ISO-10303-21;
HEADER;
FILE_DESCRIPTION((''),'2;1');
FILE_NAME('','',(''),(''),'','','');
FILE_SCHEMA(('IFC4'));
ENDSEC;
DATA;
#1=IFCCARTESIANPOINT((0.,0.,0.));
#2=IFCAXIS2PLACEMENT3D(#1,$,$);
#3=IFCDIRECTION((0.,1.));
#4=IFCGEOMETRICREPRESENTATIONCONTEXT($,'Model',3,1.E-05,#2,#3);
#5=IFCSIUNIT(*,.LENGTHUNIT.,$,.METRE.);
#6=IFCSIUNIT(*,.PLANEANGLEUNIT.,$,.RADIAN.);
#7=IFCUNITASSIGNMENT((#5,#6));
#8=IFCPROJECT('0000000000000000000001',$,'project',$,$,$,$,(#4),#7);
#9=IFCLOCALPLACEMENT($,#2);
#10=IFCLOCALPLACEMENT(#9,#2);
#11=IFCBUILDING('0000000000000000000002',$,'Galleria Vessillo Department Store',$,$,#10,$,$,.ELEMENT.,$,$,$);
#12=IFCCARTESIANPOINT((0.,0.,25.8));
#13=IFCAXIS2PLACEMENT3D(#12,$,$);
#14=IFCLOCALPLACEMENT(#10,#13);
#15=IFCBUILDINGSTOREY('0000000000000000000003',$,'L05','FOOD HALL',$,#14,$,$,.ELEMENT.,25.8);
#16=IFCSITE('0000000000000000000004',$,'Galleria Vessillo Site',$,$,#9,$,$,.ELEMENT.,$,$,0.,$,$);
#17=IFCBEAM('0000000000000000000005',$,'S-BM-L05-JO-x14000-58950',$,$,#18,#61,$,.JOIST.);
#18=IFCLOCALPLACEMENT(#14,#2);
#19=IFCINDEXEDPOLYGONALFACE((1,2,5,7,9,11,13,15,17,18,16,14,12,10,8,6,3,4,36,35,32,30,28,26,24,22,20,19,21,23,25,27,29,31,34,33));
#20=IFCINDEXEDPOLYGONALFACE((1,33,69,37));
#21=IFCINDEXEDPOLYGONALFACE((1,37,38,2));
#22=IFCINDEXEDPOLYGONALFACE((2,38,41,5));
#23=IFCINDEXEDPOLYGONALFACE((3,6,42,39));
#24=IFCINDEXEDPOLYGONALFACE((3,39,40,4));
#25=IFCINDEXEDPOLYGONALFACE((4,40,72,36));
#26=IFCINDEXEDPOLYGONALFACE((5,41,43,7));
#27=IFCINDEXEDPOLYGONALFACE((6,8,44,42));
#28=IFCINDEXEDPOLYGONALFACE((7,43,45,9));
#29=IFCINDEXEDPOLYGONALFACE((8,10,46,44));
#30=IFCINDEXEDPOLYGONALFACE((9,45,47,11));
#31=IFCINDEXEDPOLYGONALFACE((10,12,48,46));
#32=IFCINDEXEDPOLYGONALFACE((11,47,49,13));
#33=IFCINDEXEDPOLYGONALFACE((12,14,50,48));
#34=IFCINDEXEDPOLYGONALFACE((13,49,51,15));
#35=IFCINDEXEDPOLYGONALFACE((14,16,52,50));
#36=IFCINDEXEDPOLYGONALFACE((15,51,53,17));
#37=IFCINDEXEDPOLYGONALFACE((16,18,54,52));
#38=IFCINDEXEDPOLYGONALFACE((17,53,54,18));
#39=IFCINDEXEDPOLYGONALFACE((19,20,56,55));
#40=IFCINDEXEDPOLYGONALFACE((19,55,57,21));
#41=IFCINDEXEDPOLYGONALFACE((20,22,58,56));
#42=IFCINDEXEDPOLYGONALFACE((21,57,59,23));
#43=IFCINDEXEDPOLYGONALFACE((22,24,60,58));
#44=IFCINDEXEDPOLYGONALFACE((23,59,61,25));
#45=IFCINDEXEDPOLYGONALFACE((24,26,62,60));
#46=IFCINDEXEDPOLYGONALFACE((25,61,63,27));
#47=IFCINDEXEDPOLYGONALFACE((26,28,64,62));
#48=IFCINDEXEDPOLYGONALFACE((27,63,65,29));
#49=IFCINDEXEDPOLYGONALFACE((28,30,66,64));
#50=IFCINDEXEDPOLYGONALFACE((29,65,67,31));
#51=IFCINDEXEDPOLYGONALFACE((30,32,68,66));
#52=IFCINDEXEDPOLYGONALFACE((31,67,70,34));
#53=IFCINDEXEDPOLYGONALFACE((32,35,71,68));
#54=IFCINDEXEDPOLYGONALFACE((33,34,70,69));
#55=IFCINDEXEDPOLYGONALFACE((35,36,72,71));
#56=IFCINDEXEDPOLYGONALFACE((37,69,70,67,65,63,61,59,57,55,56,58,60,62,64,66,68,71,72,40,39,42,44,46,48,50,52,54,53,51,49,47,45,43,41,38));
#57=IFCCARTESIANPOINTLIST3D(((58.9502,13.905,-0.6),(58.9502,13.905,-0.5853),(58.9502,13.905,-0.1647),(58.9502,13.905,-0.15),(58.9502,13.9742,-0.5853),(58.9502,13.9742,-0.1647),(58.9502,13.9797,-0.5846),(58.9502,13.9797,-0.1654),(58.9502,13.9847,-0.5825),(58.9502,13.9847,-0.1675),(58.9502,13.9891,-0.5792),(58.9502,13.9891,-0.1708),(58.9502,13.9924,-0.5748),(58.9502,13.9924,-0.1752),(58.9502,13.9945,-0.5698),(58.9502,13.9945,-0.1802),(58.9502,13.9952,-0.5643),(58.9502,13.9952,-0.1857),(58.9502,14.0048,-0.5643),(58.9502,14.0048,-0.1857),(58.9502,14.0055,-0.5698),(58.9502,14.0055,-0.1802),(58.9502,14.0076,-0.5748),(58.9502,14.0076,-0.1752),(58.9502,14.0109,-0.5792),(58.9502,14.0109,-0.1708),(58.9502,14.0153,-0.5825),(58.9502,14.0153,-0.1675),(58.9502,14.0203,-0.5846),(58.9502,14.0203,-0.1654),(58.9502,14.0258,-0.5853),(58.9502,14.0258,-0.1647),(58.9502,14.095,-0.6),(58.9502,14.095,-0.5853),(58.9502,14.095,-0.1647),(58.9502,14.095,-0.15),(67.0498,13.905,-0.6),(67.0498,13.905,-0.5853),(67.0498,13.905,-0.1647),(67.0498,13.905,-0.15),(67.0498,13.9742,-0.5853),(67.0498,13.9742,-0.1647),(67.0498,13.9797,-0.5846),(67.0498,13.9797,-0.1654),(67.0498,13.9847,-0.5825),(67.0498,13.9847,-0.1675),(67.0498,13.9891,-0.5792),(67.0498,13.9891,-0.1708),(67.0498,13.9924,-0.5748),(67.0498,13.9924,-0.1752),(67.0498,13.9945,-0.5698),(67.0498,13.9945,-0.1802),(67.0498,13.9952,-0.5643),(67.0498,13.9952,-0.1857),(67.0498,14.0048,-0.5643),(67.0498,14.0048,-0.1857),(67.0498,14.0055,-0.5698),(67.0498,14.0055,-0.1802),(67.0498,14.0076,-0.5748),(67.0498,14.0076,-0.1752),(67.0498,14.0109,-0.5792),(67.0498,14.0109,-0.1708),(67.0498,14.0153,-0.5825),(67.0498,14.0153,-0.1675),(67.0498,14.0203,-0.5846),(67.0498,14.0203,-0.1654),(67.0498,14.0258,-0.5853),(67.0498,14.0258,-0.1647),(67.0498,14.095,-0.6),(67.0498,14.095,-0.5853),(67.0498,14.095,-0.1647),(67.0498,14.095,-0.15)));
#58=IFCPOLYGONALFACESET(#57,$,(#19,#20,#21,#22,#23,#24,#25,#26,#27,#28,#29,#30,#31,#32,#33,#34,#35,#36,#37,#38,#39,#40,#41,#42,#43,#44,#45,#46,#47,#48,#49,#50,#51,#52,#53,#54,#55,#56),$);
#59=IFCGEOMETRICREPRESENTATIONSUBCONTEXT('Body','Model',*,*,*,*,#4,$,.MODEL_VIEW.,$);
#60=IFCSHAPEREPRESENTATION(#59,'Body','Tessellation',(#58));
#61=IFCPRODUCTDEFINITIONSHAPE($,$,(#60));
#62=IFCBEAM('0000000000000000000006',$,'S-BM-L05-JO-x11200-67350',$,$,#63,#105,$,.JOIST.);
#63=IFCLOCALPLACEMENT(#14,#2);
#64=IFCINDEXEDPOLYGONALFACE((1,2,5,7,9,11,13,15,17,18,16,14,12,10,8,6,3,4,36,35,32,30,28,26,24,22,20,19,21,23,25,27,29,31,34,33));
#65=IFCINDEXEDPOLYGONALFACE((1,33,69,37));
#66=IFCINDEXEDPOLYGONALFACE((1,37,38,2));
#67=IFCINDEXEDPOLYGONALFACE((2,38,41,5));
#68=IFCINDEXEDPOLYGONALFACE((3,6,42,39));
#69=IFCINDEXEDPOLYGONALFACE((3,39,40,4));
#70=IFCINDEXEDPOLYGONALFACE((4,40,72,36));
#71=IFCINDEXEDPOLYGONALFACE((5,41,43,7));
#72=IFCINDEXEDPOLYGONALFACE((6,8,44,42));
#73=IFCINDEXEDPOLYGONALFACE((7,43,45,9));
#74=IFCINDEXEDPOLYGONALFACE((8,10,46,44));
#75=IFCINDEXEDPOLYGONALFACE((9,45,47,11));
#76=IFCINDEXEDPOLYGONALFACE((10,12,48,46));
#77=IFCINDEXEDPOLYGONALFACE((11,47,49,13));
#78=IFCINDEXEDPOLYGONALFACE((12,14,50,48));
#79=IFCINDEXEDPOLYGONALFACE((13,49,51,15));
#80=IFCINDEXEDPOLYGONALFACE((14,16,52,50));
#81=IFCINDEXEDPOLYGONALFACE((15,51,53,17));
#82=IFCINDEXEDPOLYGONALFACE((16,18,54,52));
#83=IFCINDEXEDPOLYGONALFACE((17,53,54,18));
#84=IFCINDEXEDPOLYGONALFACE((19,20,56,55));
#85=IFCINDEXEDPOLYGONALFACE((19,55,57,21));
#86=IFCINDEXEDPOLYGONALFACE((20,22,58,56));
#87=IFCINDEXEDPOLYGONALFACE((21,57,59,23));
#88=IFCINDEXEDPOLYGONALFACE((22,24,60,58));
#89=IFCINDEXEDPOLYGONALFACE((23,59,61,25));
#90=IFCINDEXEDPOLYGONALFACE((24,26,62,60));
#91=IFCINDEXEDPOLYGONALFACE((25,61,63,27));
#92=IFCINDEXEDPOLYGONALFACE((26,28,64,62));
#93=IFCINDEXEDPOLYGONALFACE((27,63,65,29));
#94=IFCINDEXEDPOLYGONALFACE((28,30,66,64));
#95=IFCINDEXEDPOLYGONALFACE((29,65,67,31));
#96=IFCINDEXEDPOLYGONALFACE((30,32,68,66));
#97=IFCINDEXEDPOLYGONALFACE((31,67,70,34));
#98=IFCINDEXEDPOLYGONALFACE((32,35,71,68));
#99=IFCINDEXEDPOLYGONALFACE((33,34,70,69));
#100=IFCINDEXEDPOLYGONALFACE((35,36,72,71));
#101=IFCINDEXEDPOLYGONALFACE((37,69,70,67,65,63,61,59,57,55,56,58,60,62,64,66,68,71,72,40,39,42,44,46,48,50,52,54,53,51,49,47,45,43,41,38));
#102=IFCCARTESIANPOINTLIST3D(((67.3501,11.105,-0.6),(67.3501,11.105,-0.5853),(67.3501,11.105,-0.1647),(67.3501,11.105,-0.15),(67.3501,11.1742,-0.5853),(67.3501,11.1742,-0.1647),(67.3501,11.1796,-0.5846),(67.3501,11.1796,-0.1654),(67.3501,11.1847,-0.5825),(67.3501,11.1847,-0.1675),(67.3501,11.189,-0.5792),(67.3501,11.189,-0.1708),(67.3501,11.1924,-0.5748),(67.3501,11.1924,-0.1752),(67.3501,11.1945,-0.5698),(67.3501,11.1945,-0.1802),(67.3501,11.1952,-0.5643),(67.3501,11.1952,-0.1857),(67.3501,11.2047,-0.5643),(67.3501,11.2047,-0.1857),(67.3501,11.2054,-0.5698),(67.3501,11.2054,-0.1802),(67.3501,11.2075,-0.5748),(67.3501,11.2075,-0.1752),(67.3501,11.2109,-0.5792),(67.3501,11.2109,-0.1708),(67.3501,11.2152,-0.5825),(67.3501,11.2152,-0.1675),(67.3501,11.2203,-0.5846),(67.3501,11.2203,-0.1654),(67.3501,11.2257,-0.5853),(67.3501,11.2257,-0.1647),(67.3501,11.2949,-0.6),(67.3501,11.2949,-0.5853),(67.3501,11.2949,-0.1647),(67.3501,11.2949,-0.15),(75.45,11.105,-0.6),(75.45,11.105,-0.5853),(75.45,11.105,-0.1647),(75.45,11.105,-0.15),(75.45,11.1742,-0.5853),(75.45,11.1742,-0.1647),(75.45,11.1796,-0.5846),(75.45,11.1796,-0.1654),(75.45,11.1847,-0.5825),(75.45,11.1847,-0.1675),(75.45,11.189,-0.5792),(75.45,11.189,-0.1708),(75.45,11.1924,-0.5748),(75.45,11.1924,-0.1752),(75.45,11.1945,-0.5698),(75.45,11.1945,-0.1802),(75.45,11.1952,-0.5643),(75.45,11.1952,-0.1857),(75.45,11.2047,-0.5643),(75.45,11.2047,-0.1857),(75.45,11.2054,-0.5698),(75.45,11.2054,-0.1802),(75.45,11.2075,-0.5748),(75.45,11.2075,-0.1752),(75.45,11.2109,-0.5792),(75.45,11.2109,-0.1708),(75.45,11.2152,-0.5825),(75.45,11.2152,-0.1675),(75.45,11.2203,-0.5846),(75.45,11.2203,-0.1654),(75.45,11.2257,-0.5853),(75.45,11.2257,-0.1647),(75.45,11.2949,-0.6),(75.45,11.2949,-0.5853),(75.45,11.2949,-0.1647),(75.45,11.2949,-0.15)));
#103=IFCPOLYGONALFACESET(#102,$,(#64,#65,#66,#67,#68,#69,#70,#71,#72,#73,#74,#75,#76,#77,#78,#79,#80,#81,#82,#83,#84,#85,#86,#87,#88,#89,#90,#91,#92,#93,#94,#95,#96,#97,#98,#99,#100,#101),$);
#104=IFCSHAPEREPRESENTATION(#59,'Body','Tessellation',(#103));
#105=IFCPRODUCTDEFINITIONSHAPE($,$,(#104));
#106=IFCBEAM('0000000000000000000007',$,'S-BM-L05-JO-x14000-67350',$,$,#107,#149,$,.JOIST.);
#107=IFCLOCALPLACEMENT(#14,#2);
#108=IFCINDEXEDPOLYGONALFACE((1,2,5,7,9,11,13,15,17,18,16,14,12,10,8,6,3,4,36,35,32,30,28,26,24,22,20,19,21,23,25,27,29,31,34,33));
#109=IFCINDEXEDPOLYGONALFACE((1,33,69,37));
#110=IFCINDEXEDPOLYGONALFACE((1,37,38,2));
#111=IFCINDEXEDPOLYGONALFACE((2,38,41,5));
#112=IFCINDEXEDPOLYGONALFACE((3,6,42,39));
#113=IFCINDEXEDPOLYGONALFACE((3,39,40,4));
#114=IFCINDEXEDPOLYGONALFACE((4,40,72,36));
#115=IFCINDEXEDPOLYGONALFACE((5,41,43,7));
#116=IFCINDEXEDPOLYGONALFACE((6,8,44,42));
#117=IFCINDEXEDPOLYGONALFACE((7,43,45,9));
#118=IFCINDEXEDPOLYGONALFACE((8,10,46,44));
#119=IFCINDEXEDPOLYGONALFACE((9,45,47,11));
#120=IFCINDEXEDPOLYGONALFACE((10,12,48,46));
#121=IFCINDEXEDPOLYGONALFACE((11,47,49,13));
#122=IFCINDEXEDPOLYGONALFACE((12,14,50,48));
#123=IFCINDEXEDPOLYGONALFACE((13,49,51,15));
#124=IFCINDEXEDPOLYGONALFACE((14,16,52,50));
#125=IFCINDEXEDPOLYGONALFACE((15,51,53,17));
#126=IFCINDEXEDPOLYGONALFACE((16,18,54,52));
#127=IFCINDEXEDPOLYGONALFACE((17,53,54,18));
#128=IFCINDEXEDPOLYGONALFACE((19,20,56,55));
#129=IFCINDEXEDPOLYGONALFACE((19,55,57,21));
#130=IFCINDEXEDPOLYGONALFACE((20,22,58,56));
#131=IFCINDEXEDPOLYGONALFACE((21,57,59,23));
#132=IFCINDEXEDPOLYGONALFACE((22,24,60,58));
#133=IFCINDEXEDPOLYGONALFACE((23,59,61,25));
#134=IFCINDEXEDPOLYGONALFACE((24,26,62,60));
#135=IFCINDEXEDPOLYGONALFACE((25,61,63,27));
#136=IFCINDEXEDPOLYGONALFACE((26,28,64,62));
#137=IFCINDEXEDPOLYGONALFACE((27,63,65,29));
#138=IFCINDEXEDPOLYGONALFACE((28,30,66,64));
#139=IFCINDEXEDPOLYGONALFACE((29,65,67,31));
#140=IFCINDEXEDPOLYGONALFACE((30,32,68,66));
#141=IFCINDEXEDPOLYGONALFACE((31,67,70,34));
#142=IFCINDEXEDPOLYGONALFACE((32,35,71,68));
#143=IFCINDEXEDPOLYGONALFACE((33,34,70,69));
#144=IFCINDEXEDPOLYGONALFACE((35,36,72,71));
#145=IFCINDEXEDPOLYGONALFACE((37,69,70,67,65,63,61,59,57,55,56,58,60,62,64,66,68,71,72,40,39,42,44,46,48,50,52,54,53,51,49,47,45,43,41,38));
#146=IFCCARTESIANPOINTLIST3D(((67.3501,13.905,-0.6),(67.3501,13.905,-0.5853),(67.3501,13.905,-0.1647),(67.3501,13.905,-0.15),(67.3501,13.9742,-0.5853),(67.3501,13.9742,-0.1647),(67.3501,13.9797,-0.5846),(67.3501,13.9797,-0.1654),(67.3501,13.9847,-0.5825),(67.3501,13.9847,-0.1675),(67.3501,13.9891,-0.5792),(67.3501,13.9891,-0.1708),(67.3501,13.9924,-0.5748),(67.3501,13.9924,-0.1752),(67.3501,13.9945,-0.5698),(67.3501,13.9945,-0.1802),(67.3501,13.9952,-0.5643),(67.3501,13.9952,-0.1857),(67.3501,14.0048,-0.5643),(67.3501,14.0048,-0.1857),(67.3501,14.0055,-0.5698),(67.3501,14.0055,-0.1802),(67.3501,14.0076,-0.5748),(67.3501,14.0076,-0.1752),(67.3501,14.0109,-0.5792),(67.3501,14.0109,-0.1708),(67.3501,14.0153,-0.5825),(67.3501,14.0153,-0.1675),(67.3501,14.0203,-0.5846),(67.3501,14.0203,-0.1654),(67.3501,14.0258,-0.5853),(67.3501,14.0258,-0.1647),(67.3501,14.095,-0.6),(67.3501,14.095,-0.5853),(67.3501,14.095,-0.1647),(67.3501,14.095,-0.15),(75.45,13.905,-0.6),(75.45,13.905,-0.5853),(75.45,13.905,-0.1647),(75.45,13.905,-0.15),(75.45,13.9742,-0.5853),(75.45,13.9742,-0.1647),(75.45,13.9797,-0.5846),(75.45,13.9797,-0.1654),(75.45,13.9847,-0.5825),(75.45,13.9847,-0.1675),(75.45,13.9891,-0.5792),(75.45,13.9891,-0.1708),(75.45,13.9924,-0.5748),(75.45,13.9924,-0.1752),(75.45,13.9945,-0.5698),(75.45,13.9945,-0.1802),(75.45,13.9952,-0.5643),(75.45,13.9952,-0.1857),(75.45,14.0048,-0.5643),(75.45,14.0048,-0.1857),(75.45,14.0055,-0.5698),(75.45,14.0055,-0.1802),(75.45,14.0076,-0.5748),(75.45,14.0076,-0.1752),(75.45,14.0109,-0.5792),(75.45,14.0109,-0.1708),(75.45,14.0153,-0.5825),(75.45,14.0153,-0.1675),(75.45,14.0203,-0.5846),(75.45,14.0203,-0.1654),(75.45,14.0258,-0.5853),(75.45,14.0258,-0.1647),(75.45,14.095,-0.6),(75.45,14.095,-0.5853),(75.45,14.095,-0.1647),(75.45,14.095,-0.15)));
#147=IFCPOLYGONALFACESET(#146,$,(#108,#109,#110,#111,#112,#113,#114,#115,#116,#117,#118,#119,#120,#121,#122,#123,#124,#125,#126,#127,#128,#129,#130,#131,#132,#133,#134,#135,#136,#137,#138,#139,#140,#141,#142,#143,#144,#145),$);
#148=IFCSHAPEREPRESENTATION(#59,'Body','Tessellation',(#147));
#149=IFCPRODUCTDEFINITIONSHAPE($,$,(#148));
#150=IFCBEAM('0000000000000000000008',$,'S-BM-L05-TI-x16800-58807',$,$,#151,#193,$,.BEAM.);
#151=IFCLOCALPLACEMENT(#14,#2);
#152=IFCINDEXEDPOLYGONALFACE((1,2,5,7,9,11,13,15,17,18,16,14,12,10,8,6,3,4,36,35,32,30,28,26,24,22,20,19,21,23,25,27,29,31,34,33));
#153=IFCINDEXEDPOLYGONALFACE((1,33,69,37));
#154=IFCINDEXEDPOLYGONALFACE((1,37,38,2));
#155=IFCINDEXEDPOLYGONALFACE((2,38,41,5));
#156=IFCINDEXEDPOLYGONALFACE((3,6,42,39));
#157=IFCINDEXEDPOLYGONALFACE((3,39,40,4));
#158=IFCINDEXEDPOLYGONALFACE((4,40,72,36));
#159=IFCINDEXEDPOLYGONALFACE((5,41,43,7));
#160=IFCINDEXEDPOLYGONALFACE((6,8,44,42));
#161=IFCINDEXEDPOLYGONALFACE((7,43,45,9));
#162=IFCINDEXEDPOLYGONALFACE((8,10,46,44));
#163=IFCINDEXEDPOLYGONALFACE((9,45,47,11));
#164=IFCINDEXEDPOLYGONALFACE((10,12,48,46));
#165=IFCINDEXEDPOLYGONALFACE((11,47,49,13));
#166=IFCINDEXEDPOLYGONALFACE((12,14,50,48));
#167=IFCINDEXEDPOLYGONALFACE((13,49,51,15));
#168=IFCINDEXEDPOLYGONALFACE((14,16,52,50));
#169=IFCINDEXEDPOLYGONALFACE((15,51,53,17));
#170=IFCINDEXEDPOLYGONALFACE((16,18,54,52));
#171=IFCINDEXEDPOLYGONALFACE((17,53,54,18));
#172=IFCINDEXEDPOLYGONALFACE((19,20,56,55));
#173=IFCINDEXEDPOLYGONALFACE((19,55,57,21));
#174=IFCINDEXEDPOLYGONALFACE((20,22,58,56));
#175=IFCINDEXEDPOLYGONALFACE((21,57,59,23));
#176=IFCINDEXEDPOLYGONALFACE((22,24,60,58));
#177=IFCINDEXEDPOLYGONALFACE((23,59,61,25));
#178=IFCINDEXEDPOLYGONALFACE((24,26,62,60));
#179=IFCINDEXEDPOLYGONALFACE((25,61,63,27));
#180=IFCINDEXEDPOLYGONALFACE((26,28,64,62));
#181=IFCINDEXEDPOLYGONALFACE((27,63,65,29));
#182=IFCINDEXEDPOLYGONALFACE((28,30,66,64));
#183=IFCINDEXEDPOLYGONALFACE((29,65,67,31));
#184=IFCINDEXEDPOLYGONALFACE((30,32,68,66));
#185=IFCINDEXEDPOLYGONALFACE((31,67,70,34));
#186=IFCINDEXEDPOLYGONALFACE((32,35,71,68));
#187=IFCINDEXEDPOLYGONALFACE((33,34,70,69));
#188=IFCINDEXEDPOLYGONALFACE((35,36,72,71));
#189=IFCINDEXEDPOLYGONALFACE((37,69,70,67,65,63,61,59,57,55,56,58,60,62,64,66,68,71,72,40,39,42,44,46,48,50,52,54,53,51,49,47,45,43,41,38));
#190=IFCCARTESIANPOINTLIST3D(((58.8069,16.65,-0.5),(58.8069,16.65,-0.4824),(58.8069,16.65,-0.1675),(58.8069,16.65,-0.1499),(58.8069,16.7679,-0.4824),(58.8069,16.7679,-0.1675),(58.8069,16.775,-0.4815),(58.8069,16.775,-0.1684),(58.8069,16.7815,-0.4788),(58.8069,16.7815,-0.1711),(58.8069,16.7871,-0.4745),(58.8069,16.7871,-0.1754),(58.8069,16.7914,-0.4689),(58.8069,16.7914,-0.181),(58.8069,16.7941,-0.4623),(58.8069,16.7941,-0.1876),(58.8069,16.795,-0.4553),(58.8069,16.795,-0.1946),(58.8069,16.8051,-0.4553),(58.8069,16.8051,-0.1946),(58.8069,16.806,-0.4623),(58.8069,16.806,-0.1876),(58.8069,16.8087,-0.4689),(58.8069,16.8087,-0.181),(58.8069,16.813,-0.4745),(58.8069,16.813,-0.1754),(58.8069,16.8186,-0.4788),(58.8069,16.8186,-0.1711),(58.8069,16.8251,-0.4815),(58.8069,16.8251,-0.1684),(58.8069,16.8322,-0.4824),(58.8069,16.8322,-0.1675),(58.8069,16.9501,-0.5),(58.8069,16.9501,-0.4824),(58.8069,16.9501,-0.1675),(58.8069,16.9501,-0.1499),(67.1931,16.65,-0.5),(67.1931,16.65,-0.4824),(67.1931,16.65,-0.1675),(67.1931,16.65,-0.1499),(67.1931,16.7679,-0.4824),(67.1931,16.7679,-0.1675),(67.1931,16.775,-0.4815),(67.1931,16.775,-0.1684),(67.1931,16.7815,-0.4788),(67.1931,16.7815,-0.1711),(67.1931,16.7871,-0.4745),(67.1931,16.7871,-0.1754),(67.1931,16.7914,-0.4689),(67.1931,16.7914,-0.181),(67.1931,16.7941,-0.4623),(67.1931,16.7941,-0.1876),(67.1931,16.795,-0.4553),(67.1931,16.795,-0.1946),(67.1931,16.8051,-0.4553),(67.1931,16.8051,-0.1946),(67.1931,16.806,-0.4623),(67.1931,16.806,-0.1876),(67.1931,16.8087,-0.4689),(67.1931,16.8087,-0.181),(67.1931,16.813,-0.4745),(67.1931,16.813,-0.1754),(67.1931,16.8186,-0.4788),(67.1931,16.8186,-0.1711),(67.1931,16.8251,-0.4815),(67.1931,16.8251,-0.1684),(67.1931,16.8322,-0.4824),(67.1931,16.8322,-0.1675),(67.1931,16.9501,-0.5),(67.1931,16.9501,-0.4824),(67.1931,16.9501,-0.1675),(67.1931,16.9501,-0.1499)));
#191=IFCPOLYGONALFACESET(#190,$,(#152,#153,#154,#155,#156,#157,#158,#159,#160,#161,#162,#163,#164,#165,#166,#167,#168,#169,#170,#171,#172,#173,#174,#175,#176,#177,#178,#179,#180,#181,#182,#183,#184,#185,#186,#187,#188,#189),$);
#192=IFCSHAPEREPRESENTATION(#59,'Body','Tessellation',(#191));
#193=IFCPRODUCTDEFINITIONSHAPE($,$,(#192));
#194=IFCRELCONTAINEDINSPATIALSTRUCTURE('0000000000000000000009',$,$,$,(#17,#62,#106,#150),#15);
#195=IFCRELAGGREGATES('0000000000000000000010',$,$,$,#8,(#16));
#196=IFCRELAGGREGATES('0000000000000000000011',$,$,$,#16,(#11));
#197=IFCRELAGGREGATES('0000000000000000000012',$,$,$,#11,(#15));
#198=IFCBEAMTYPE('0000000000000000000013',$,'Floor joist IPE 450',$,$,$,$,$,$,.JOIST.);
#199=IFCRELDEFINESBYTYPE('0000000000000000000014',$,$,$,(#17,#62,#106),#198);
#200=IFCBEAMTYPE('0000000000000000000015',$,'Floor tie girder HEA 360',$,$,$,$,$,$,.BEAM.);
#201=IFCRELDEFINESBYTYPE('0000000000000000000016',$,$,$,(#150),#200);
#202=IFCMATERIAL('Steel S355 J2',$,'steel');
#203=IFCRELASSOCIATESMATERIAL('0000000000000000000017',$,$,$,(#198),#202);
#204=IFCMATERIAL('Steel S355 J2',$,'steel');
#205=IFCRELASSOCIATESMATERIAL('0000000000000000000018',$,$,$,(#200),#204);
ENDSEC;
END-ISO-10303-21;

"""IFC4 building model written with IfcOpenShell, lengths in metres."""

from ifc_helpers import new_model, si_unit, direction, frame, origin, origin_2d, place, context, subcontext, project, spatial, i_section, extrude, material, material_profile, profile_set, type_object, element, save


model = new_model("IFC4")

# Units and contexts
model_context = context("Model", 3, precision=1e-05, world=origin(), true_north=direction((0.0, 1.0)))
body_context = subcontext(model_context, "Body", "Model", "MODEL_VIEW")
ifc_project = project(units=[si_unit("LENGTHUNIT", "METRE"), si_unit("PLANEANGLEUNIT", "RADIAN")], contexts=[model_context])

# Site, building, storey
site_placement = place(None, origin())
site = spatial("IfcSite", under=ifc_project, at=site_placement, Name="Galleria Vessillo Site", CompositionType="ELEMENT", RefElevation=0.0)
building_placement = place(site_placement, origin())
building = spatial("IfcBuilding", under=site, at=building_placement, Name="Galleria Vessillo Department Store", CompositionType="ELEMENT")
storey_placement = place(building_placement, frame((0.0, 0.0, 25.8)))
storey = spatial("IfcBuildingStorey", under=building, at=storey_placement, Name="L05", Description="FOOD HALL", CompositionType="ELEMENT", Elevation=25.8)

# Beams
ifc_material_1 = material(Name="Steel S355 J2", Category="steel")
ifc_material_profile_1 = material_profile(ifc_material_1, i_section(OverallWidth=0.1899, OverallDepth=0.45, WebThickness=0.0095, FlangeThickness=0.0146, FilletRadius=0.021, at=origin_2d()), Name="IPE 450")
ifc_profile_set_1 = profile_set([ifc_material_profile_1], Name="Steel S355 J2")
beam_type_1 = type_object("IfcBeamType", Name="Floor joist IPE 450", PredefinedType="JOIST", material=ifc_profile_set_1)
for number, where, z_axis, x_axis, name in (
    (1, (58.9502, 14.0, -0.375), (1.0, 0.0, 0.0), (0.0, 1.0, 0.0), "S-BM-L05-JO-x14000-58950"),
):
    element("IfcBeam", number, at=place(storey_placement, frame(where, z_axis=z_axis, x_axis=x_axis)), inside=storey, type_object=beam_type_1, Name=name, PredefinedType="JOIST", context=body_context, shape_type="SweptSolid", body=[
        extrude(i_section(OverallWidth=0.1899, OverallDepth=0.45, WebThickness=0.0095, FlangeThickness=0.0146, FilletRadius=0.021, at=origin_2d()), origin(), (0.0, 0.0, 1.0), 8.0996),
    ])
for number, where, z_axis, x_axis, name in (
    (2, (67.3501, 11.2, -0.375), (1.0, 0.0, 0.0), (0.0, 1.0, 0.0), "S-BM-L05-JO-x11200-67350"),
    (3, (67.3501, 14.0, -0.375), (1.0, 0.0, 0.0), (0.0, 1.0, 0.0), "S-BM-L05-JO-x14000-67350"),
):
    element("IfcBeam", number, at=place(storey_placement, frame(where, z_axis=z_axis, x_axis=x_axis)), inside=storey, type_object=beam_type_1, Name=name, PredefinedType="JOIST", context=body_context, shape_type="SweptSolid", body=[
        extrude(i_section(OverallWidth=0.1899, OverallDepth=0.45, WebThickness=0.0095, FlangeThickness=0.0146, FilletRadius=0.021, at=origin_2d()), origin(), (0.0, 0.0, 1.0), 8.0999),
    ])
ifc_material_2 = material(Name="Steel S355 J2", Category="steel")
ifc_material_profile_2 = material_profile(ifc_material_2, i_section(OverallWidth=0.3, OverallDepth=0.3501, WebThickness=0.01, FlangeThickness=0.0176, FilletRadius=0.0271, at=origin_2d()), Name="HEA 360")
ifc_profile_set_2 = profile_set([ifc_material_profile_2], Name="Steel S355 J2")
beam_type_2 = type_object("IfcBeamType", Name="Floor tie girder HEA 360", PredefinedType="BEAM", material=ifc_profile_set_2)
for number, where, z_axis, x_axis, name in (
    (4, (58.8069, 16.8, -0.325), (1.0, 0.0, 0.0), (0.0, 1.0, 0.0), "S-BM-L05-TI-x16800-58807"),
):
    element("IfcBeam", number, at=place(storey_placement, frame(where, z_axis=z_axis, x_axis=x_axis)), inside=storey, type_object=beam_type_2, Name=name, PredefinedType="BEAM", context=body_context, shape_type="SweptSolid", body=[
        extrude(i_section(OverallWidth=0.3, OverallDepth=0.3501, WebThickness=0.01, FlangeThickness=0.0176, FilletRadius=0.0271, at=origin_2d()), origin(), (0.0, 0.0, 1.0), 8.3862),
    ])

save(model, "model.ifc")
